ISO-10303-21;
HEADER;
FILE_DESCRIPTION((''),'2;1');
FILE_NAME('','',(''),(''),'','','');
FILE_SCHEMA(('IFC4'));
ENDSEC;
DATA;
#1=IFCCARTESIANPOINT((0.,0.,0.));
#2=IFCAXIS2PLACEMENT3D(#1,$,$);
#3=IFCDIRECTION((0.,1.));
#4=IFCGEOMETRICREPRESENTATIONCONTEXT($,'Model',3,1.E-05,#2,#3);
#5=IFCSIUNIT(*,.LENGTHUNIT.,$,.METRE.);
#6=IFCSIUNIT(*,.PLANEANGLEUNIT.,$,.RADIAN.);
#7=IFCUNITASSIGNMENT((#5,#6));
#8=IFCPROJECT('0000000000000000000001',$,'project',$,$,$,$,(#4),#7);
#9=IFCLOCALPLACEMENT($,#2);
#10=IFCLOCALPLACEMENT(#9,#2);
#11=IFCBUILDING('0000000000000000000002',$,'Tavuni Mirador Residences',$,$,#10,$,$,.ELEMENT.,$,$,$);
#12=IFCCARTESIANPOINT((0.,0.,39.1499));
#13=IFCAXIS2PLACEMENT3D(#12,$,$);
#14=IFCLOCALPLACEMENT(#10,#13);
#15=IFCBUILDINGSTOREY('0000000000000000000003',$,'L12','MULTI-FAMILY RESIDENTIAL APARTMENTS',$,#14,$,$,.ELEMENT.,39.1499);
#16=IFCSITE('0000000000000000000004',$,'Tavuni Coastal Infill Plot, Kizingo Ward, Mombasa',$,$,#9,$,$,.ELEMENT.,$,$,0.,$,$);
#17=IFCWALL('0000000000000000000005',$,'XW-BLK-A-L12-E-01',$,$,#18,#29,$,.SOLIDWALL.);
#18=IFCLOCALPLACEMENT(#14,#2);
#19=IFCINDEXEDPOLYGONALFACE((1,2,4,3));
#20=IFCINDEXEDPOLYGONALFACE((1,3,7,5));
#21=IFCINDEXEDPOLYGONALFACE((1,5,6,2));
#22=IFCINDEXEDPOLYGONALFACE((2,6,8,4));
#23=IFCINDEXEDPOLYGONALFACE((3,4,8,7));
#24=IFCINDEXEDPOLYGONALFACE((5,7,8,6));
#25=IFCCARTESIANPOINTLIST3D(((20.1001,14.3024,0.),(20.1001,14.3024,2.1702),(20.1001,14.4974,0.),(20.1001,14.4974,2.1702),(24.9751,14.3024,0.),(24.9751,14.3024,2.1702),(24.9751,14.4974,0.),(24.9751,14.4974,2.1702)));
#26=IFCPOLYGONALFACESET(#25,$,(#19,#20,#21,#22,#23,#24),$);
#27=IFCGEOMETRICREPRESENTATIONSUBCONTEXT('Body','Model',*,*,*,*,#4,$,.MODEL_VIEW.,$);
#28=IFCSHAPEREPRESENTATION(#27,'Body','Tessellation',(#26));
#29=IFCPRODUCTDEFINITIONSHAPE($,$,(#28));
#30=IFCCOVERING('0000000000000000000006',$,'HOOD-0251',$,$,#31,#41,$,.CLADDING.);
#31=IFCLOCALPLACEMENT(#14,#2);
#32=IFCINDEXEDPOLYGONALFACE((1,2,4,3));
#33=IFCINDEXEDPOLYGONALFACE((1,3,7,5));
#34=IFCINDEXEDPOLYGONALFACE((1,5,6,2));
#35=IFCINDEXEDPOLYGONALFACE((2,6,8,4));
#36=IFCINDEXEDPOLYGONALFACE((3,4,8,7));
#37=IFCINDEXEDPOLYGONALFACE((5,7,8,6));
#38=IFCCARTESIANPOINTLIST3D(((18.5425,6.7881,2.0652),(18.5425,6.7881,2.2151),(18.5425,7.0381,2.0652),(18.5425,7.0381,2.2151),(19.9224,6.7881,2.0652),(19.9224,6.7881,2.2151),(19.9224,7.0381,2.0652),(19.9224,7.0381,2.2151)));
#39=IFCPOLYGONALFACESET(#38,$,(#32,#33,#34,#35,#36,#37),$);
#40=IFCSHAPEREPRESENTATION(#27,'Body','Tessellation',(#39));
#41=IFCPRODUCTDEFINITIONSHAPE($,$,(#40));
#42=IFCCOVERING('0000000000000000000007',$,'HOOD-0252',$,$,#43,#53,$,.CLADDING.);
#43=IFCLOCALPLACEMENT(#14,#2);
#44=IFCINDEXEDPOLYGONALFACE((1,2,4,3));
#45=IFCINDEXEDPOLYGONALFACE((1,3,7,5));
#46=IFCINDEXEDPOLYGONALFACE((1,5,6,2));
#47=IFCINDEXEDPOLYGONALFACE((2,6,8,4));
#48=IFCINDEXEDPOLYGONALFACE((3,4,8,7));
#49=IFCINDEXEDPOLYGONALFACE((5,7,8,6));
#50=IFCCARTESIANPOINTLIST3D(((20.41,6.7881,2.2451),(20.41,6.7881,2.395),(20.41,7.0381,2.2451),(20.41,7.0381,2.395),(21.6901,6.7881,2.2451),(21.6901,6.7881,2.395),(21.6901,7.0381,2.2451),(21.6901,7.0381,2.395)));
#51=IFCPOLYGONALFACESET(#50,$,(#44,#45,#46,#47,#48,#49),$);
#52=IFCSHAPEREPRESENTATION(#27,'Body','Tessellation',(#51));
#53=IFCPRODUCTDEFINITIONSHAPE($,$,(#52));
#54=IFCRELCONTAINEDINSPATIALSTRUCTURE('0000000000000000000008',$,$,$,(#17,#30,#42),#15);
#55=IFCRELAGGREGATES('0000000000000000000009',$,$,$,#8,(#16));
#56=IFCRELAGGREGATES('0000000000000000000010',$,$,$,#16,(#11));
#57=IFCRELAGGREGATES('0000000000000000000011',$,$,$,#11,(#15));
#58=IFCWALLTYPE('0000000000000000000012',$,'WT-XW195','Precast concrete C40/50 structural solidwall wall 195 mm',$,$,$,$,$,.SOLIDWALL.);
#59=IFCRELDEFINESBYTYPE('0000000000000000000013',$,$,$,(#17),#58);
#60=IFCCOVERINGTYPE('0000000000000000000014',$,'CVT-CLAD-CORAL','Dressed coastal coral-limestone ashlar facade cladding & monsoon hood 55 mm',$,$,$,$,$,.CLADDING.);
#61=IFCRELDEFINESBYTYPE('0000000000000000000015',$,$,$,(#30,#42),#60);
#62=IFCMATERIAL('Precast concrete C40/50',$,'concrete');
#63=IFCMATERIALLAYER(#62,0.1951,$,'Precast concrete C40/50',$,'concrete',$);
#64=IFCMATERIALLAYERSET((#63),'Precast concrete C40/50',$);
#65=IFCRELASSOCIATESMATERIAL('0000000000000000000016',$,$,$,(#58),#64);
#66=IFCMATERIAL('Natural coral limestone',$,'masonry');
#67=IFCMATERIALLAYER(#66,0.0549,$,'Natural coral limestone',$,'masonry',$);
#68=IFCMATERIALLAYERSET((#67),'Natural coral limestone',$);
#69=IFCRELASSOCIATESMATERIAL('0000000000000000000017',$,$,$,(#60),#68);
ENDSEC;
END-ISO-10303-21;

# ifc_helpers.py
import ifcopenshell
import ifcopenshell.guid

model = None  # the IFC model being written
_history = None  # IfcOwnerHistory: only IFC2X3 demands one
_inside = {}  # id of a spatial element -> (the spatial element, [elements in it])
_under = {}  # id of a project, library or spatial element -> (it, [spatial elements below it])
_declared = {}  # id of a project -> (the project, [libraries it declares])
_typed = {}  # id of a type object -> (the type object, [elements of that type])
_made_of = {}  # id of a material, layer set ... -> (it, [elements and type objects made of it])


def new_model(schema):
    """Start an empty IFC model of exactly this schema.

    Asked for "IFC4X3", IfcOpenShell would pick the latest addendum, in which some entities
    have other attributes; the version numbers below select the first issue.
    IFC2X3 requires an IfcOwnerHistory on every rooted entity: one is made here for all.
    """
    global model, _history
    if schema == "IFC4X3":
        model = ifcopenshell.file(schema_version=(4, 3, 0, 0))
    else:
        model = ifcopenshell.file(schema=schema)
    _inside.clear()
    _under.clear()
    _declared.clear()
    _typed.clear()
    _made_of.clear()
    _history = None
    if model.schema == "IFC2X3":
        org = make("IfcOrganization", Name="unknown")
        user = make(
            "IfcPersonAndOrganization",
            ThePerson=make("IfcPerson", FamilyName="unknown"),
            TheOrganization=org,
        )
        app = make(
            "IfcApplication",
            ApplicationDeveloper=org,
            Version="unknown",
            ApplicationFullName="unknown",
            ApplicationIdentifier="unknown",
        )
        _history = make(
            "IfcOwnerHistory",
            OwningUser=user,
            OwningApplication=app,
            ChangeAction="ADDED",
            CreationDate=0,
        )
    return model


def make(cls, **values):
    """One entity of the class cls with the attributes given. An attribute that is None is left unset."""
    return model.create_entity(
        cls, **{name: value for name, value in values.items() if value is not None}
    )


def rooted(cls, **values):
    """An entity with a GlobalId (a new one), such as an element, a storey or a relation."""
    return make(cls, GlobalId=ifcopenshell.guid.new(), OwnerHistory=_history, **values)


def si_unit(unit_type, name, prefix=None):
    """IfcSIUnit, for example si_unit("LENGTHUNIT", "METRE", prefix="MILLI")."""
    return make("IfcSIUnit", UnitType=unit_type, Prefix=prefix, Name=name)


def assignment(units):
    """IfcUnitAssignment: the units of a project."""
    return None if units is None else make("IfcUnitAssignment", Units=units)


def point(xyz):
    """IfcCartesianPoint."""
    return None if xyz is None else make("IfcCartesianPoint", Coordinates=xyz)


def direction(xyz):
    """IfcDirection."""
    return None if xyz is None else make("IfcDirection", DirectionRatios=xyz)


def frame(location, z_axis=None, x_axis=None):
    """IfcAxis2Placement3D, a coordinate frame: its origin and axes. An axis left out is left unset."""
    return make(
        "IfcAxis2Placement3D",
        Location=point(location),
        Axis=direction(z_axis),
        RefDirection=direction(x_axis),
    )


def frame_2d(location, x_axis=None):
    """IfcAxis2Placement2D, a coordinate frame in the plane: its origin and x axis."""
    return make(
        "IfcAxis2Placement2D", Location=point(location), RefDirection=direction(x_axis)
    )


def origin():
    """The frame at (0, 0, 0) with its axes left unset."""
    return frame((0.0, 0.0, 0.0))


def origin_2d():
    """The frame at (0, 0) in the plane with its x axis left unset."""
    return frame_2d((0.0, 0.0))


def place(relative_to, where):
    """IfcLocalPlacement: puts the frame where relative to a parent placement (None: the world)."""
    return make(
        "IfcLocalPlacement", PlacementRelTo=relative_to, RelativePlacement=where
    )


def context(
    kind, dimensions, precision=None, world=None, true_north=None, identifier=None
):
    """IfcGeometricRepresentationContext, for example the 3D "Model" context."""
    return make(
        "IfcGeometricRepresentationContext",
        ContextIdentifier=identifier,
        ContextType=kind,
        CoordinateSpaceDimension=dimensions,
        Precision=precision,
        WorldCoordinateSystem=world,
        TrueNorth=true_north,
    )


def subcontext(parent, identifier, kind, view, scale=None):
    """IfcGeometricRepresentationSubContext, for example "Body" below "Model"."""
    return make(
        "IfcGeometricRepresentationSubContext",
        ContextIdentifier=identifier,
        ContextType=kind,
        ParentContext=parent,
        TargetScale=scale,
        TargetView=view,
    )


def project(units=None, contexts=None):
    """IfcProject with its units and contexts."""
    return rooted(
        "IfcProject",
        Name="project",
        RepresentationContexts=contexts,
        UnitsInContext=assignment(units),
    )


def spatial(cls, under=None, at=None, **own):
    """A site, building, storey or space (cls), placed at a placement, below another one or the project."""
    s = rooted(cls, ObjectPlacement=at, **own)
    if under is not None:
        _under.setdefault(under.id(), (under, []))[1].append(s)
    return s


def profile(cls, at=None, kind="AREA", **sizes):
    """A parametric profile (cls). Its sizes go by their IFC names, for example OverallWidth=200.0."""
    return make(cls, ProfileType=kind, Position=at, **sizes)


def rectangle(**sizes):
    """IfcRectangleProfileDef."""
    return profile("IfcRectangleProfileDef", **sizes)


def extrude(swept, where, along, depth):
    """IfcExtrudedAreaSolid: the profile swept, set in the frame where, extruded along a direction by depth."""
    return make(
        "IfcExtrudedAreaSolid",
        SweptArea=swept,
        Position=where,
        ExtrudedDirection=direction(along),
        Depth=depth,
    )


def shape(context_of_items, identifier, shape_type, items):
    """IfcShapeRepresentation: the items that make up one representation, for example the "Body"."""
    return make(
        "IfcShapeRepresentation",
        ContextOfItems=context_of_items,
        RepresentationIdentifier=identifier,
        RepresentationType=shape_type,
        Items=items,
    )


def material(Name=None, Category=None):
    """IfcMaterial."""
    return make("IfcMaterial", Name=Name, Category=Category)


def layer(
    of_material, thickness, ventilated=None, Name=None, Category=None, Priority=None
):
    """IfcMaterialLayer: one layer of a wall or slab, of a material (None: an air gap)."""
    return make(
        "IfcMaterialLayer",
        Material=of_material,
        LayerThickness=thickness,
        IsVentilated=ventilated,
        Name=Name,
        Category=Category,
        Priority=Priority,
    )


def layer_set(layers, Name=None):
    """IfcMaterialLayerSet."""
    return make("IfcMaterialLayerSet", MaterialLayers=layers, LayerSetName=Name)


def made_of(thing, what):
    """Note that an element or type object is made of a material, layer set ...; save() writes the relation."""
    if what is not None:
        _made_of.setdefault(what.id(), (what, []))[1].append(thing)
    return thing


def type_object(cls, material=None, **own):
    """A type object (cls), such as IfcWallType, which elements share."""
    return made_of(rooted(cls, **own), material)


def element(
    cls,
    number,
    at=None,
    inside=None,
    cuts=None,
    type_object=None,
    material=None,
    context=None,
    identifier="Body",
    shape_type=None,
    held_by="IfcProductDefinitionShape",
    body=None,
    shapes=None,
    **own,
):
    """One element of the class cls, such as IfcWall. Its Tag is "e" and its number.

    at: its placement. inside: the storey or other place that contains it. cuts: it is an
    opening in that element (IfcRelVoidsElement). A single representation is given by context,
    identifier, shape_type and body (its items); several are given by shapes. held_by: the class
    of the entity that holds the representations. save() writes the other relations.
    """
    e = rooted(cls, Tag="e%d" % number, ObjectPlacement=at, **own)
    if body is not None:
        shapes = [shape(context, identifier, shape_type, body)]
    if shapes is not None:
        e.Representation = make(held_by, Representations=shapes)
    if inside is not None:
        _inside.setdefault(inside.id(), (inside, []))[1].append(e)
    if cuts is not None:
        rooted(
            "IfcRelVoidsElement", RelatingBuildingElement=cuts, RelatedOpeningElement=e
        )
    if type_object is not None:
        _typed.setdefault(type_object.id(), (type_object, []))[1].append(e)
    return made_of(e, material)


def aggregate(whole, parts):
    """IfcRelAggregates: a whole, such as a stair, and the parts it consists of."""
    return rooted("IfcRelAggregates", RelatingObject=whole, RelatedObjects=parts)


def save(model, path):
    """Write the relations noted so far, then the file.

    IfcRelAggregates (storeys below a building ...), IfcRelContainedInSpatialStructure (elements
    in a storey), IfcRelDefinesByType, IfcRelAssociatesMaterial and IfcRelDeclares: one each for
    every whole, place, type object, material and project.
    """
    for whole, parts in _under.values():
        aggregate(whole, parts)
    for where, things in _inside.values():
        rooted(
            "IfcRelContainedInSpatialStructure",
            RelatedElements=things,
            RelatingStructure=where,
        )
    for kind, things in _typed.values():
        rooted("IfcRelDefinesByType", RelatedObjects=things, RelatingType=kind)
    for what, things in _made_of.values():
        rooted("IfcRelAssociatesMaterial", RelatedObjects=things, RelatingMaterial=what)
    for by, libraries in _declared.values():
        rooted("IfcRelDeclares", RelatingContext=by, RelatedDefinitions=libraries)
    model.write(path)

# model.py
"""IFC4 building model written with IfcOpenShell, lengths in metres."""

from ifc_helpers import new_model, si_unit, direction, frame, frame_2d, origin, origin_2d, place, context, subcontext, project, spatial, rectangle, extrude, material, layer, layer_set, type_object, element, save


model = new_model("IFC4")

# Units and contexts
model_context = context("Model", 3, precision=1e-05, world=origin(), true_north=direction((0.0, 1.0)))
body_context = subcontext(model_context, "Body", "Model", "MODEL_VIEW")
ifc_project = project(units=[si_unit("LENGTHUNIT", "METRE"), si_unit("PLANEANGLEUNIT", "RADIAN")], contexts=[model_context])

# Site, building, storey
site_placement = place(None, origin())
site = spatial("IfcSite", under=ifc_project, at=site_placement, Name="Tavuni Coastal Infill Plot, Kizingo Ward, Mombasa", CompositionType="ELEMENT", RefElevation=0.0)
building_placement = place(site_placement, origin())
building = spatial("IfcBuilding", under=site, at=building_placement, Name="Tavuni Mirador Residences", CompositionType="ELEMENT")
storey_placement = place(building_placement, frame((0.0, 0.0, 39.1499)))
storey = spatial("IfcBuildingStorey", under=building, at=storey_placement, Name="L12", Description="MULTI-FAMILY RESIDENTIAL APARTMENTS", CompositionType="ELEMENT", Elevation=39.1499)

# Shared definitions
ifc_material_1 = material(Name="Precast concrete C40/50", Category="concrete")

# Wall
ifc_layer_1 = layer(ifc_material_1, 0.1951, Name="Precast concrete C40/50", Category="concrete")
ifc_layer_set_1 = layer_set([ifc_layer_1], Name="Precast concrete C40/50")
wall_type_1 = type_object("IfcWallType", Name="WT-XW195", Description="Precast concrete C40/50 structural solidwall wall 195 mm", PredefinedType="SOLIDWALL", material=ifc_layer_set_1)
wall_1_placement = place(storey_placement, frame((20.1001, 14.3999, 0.0), z_axis=(0.0, 0.0, 1.0), x_axis=(1.0, 0.0, 0.0)))
element("IfcWall", 1, at=wall_1_placement, inside=storey, type_object=wall_type_1, Name="XW-BLK-A-L12-E-01", PredefinedType="SOLIDWALL", context=body_context, shape_type="SweptSolid", body=[
    extrude(rectangle(XDim=4.875, YDim=0.1951, at=frame_2d((2.4375, 0.0))), origin(), (0.0, 0.0, 1.0), 2.1702),
])

# Coverings
ifc_material_2 = material(Name="Natural coral limestone", Category="masonry")
ifc_layer_2 = layer(ifc_material_2, 0.0549, Name="Natural coral limestone", Category="masonry")
ifc_layer_set_2 = layer_set([ifc_layer_2], Name="Natural coral limestone")
covering_type = type_object("IfcCoveringType", Name="CVT-CLAD-CORAL", Description="Dressed coastal coral-limestone ashlar facade cladding & monsoon hood 55 mm", PredefinedType="CLADDING", material=ifc_layer_set_2)
covering_1_placement = place(storey_placement, frame((19.2324, 6.9131, 2.0652), z_axis=(0.0, 0.0, 1.0), x_axis=(1.0, 0.0, 0.0)))
element("IfcCovering", 2, at=covering_1_placement, inside=storey, type_object=covering_type, Name="HOOD-0251", PredefinedType="CLADDING", context=body_context, shape_type="SweptSolid", body=[
    extrude(rectangle(XDim=1.3799, YDim=0.25, at=origin_2d()), origin(), (0.0, 0.0, 1.0), 0.1499),
])
covering_2_placement = place(storey_placement, frame((21.05, 6.9131, 2.2451), z_axis=(0.0, 0.0, 1.0), x_axis=(1.0, 0.0, 0.0)))
element("IfcCovering", 3, at=covering_2_placement, inside=storey, type_object=covering_type, Name="HOOD-0252", PredefinedType="CLADDING", context=body_context, shape_type="SweptSolid", body=[
    extrude(rectangle(XDim=1.28, YDim=0.25, at=origin_2d()), origin(), (0.0, 0.0, 1.0), 0.1499),
])

save(model, "model.ifc")
